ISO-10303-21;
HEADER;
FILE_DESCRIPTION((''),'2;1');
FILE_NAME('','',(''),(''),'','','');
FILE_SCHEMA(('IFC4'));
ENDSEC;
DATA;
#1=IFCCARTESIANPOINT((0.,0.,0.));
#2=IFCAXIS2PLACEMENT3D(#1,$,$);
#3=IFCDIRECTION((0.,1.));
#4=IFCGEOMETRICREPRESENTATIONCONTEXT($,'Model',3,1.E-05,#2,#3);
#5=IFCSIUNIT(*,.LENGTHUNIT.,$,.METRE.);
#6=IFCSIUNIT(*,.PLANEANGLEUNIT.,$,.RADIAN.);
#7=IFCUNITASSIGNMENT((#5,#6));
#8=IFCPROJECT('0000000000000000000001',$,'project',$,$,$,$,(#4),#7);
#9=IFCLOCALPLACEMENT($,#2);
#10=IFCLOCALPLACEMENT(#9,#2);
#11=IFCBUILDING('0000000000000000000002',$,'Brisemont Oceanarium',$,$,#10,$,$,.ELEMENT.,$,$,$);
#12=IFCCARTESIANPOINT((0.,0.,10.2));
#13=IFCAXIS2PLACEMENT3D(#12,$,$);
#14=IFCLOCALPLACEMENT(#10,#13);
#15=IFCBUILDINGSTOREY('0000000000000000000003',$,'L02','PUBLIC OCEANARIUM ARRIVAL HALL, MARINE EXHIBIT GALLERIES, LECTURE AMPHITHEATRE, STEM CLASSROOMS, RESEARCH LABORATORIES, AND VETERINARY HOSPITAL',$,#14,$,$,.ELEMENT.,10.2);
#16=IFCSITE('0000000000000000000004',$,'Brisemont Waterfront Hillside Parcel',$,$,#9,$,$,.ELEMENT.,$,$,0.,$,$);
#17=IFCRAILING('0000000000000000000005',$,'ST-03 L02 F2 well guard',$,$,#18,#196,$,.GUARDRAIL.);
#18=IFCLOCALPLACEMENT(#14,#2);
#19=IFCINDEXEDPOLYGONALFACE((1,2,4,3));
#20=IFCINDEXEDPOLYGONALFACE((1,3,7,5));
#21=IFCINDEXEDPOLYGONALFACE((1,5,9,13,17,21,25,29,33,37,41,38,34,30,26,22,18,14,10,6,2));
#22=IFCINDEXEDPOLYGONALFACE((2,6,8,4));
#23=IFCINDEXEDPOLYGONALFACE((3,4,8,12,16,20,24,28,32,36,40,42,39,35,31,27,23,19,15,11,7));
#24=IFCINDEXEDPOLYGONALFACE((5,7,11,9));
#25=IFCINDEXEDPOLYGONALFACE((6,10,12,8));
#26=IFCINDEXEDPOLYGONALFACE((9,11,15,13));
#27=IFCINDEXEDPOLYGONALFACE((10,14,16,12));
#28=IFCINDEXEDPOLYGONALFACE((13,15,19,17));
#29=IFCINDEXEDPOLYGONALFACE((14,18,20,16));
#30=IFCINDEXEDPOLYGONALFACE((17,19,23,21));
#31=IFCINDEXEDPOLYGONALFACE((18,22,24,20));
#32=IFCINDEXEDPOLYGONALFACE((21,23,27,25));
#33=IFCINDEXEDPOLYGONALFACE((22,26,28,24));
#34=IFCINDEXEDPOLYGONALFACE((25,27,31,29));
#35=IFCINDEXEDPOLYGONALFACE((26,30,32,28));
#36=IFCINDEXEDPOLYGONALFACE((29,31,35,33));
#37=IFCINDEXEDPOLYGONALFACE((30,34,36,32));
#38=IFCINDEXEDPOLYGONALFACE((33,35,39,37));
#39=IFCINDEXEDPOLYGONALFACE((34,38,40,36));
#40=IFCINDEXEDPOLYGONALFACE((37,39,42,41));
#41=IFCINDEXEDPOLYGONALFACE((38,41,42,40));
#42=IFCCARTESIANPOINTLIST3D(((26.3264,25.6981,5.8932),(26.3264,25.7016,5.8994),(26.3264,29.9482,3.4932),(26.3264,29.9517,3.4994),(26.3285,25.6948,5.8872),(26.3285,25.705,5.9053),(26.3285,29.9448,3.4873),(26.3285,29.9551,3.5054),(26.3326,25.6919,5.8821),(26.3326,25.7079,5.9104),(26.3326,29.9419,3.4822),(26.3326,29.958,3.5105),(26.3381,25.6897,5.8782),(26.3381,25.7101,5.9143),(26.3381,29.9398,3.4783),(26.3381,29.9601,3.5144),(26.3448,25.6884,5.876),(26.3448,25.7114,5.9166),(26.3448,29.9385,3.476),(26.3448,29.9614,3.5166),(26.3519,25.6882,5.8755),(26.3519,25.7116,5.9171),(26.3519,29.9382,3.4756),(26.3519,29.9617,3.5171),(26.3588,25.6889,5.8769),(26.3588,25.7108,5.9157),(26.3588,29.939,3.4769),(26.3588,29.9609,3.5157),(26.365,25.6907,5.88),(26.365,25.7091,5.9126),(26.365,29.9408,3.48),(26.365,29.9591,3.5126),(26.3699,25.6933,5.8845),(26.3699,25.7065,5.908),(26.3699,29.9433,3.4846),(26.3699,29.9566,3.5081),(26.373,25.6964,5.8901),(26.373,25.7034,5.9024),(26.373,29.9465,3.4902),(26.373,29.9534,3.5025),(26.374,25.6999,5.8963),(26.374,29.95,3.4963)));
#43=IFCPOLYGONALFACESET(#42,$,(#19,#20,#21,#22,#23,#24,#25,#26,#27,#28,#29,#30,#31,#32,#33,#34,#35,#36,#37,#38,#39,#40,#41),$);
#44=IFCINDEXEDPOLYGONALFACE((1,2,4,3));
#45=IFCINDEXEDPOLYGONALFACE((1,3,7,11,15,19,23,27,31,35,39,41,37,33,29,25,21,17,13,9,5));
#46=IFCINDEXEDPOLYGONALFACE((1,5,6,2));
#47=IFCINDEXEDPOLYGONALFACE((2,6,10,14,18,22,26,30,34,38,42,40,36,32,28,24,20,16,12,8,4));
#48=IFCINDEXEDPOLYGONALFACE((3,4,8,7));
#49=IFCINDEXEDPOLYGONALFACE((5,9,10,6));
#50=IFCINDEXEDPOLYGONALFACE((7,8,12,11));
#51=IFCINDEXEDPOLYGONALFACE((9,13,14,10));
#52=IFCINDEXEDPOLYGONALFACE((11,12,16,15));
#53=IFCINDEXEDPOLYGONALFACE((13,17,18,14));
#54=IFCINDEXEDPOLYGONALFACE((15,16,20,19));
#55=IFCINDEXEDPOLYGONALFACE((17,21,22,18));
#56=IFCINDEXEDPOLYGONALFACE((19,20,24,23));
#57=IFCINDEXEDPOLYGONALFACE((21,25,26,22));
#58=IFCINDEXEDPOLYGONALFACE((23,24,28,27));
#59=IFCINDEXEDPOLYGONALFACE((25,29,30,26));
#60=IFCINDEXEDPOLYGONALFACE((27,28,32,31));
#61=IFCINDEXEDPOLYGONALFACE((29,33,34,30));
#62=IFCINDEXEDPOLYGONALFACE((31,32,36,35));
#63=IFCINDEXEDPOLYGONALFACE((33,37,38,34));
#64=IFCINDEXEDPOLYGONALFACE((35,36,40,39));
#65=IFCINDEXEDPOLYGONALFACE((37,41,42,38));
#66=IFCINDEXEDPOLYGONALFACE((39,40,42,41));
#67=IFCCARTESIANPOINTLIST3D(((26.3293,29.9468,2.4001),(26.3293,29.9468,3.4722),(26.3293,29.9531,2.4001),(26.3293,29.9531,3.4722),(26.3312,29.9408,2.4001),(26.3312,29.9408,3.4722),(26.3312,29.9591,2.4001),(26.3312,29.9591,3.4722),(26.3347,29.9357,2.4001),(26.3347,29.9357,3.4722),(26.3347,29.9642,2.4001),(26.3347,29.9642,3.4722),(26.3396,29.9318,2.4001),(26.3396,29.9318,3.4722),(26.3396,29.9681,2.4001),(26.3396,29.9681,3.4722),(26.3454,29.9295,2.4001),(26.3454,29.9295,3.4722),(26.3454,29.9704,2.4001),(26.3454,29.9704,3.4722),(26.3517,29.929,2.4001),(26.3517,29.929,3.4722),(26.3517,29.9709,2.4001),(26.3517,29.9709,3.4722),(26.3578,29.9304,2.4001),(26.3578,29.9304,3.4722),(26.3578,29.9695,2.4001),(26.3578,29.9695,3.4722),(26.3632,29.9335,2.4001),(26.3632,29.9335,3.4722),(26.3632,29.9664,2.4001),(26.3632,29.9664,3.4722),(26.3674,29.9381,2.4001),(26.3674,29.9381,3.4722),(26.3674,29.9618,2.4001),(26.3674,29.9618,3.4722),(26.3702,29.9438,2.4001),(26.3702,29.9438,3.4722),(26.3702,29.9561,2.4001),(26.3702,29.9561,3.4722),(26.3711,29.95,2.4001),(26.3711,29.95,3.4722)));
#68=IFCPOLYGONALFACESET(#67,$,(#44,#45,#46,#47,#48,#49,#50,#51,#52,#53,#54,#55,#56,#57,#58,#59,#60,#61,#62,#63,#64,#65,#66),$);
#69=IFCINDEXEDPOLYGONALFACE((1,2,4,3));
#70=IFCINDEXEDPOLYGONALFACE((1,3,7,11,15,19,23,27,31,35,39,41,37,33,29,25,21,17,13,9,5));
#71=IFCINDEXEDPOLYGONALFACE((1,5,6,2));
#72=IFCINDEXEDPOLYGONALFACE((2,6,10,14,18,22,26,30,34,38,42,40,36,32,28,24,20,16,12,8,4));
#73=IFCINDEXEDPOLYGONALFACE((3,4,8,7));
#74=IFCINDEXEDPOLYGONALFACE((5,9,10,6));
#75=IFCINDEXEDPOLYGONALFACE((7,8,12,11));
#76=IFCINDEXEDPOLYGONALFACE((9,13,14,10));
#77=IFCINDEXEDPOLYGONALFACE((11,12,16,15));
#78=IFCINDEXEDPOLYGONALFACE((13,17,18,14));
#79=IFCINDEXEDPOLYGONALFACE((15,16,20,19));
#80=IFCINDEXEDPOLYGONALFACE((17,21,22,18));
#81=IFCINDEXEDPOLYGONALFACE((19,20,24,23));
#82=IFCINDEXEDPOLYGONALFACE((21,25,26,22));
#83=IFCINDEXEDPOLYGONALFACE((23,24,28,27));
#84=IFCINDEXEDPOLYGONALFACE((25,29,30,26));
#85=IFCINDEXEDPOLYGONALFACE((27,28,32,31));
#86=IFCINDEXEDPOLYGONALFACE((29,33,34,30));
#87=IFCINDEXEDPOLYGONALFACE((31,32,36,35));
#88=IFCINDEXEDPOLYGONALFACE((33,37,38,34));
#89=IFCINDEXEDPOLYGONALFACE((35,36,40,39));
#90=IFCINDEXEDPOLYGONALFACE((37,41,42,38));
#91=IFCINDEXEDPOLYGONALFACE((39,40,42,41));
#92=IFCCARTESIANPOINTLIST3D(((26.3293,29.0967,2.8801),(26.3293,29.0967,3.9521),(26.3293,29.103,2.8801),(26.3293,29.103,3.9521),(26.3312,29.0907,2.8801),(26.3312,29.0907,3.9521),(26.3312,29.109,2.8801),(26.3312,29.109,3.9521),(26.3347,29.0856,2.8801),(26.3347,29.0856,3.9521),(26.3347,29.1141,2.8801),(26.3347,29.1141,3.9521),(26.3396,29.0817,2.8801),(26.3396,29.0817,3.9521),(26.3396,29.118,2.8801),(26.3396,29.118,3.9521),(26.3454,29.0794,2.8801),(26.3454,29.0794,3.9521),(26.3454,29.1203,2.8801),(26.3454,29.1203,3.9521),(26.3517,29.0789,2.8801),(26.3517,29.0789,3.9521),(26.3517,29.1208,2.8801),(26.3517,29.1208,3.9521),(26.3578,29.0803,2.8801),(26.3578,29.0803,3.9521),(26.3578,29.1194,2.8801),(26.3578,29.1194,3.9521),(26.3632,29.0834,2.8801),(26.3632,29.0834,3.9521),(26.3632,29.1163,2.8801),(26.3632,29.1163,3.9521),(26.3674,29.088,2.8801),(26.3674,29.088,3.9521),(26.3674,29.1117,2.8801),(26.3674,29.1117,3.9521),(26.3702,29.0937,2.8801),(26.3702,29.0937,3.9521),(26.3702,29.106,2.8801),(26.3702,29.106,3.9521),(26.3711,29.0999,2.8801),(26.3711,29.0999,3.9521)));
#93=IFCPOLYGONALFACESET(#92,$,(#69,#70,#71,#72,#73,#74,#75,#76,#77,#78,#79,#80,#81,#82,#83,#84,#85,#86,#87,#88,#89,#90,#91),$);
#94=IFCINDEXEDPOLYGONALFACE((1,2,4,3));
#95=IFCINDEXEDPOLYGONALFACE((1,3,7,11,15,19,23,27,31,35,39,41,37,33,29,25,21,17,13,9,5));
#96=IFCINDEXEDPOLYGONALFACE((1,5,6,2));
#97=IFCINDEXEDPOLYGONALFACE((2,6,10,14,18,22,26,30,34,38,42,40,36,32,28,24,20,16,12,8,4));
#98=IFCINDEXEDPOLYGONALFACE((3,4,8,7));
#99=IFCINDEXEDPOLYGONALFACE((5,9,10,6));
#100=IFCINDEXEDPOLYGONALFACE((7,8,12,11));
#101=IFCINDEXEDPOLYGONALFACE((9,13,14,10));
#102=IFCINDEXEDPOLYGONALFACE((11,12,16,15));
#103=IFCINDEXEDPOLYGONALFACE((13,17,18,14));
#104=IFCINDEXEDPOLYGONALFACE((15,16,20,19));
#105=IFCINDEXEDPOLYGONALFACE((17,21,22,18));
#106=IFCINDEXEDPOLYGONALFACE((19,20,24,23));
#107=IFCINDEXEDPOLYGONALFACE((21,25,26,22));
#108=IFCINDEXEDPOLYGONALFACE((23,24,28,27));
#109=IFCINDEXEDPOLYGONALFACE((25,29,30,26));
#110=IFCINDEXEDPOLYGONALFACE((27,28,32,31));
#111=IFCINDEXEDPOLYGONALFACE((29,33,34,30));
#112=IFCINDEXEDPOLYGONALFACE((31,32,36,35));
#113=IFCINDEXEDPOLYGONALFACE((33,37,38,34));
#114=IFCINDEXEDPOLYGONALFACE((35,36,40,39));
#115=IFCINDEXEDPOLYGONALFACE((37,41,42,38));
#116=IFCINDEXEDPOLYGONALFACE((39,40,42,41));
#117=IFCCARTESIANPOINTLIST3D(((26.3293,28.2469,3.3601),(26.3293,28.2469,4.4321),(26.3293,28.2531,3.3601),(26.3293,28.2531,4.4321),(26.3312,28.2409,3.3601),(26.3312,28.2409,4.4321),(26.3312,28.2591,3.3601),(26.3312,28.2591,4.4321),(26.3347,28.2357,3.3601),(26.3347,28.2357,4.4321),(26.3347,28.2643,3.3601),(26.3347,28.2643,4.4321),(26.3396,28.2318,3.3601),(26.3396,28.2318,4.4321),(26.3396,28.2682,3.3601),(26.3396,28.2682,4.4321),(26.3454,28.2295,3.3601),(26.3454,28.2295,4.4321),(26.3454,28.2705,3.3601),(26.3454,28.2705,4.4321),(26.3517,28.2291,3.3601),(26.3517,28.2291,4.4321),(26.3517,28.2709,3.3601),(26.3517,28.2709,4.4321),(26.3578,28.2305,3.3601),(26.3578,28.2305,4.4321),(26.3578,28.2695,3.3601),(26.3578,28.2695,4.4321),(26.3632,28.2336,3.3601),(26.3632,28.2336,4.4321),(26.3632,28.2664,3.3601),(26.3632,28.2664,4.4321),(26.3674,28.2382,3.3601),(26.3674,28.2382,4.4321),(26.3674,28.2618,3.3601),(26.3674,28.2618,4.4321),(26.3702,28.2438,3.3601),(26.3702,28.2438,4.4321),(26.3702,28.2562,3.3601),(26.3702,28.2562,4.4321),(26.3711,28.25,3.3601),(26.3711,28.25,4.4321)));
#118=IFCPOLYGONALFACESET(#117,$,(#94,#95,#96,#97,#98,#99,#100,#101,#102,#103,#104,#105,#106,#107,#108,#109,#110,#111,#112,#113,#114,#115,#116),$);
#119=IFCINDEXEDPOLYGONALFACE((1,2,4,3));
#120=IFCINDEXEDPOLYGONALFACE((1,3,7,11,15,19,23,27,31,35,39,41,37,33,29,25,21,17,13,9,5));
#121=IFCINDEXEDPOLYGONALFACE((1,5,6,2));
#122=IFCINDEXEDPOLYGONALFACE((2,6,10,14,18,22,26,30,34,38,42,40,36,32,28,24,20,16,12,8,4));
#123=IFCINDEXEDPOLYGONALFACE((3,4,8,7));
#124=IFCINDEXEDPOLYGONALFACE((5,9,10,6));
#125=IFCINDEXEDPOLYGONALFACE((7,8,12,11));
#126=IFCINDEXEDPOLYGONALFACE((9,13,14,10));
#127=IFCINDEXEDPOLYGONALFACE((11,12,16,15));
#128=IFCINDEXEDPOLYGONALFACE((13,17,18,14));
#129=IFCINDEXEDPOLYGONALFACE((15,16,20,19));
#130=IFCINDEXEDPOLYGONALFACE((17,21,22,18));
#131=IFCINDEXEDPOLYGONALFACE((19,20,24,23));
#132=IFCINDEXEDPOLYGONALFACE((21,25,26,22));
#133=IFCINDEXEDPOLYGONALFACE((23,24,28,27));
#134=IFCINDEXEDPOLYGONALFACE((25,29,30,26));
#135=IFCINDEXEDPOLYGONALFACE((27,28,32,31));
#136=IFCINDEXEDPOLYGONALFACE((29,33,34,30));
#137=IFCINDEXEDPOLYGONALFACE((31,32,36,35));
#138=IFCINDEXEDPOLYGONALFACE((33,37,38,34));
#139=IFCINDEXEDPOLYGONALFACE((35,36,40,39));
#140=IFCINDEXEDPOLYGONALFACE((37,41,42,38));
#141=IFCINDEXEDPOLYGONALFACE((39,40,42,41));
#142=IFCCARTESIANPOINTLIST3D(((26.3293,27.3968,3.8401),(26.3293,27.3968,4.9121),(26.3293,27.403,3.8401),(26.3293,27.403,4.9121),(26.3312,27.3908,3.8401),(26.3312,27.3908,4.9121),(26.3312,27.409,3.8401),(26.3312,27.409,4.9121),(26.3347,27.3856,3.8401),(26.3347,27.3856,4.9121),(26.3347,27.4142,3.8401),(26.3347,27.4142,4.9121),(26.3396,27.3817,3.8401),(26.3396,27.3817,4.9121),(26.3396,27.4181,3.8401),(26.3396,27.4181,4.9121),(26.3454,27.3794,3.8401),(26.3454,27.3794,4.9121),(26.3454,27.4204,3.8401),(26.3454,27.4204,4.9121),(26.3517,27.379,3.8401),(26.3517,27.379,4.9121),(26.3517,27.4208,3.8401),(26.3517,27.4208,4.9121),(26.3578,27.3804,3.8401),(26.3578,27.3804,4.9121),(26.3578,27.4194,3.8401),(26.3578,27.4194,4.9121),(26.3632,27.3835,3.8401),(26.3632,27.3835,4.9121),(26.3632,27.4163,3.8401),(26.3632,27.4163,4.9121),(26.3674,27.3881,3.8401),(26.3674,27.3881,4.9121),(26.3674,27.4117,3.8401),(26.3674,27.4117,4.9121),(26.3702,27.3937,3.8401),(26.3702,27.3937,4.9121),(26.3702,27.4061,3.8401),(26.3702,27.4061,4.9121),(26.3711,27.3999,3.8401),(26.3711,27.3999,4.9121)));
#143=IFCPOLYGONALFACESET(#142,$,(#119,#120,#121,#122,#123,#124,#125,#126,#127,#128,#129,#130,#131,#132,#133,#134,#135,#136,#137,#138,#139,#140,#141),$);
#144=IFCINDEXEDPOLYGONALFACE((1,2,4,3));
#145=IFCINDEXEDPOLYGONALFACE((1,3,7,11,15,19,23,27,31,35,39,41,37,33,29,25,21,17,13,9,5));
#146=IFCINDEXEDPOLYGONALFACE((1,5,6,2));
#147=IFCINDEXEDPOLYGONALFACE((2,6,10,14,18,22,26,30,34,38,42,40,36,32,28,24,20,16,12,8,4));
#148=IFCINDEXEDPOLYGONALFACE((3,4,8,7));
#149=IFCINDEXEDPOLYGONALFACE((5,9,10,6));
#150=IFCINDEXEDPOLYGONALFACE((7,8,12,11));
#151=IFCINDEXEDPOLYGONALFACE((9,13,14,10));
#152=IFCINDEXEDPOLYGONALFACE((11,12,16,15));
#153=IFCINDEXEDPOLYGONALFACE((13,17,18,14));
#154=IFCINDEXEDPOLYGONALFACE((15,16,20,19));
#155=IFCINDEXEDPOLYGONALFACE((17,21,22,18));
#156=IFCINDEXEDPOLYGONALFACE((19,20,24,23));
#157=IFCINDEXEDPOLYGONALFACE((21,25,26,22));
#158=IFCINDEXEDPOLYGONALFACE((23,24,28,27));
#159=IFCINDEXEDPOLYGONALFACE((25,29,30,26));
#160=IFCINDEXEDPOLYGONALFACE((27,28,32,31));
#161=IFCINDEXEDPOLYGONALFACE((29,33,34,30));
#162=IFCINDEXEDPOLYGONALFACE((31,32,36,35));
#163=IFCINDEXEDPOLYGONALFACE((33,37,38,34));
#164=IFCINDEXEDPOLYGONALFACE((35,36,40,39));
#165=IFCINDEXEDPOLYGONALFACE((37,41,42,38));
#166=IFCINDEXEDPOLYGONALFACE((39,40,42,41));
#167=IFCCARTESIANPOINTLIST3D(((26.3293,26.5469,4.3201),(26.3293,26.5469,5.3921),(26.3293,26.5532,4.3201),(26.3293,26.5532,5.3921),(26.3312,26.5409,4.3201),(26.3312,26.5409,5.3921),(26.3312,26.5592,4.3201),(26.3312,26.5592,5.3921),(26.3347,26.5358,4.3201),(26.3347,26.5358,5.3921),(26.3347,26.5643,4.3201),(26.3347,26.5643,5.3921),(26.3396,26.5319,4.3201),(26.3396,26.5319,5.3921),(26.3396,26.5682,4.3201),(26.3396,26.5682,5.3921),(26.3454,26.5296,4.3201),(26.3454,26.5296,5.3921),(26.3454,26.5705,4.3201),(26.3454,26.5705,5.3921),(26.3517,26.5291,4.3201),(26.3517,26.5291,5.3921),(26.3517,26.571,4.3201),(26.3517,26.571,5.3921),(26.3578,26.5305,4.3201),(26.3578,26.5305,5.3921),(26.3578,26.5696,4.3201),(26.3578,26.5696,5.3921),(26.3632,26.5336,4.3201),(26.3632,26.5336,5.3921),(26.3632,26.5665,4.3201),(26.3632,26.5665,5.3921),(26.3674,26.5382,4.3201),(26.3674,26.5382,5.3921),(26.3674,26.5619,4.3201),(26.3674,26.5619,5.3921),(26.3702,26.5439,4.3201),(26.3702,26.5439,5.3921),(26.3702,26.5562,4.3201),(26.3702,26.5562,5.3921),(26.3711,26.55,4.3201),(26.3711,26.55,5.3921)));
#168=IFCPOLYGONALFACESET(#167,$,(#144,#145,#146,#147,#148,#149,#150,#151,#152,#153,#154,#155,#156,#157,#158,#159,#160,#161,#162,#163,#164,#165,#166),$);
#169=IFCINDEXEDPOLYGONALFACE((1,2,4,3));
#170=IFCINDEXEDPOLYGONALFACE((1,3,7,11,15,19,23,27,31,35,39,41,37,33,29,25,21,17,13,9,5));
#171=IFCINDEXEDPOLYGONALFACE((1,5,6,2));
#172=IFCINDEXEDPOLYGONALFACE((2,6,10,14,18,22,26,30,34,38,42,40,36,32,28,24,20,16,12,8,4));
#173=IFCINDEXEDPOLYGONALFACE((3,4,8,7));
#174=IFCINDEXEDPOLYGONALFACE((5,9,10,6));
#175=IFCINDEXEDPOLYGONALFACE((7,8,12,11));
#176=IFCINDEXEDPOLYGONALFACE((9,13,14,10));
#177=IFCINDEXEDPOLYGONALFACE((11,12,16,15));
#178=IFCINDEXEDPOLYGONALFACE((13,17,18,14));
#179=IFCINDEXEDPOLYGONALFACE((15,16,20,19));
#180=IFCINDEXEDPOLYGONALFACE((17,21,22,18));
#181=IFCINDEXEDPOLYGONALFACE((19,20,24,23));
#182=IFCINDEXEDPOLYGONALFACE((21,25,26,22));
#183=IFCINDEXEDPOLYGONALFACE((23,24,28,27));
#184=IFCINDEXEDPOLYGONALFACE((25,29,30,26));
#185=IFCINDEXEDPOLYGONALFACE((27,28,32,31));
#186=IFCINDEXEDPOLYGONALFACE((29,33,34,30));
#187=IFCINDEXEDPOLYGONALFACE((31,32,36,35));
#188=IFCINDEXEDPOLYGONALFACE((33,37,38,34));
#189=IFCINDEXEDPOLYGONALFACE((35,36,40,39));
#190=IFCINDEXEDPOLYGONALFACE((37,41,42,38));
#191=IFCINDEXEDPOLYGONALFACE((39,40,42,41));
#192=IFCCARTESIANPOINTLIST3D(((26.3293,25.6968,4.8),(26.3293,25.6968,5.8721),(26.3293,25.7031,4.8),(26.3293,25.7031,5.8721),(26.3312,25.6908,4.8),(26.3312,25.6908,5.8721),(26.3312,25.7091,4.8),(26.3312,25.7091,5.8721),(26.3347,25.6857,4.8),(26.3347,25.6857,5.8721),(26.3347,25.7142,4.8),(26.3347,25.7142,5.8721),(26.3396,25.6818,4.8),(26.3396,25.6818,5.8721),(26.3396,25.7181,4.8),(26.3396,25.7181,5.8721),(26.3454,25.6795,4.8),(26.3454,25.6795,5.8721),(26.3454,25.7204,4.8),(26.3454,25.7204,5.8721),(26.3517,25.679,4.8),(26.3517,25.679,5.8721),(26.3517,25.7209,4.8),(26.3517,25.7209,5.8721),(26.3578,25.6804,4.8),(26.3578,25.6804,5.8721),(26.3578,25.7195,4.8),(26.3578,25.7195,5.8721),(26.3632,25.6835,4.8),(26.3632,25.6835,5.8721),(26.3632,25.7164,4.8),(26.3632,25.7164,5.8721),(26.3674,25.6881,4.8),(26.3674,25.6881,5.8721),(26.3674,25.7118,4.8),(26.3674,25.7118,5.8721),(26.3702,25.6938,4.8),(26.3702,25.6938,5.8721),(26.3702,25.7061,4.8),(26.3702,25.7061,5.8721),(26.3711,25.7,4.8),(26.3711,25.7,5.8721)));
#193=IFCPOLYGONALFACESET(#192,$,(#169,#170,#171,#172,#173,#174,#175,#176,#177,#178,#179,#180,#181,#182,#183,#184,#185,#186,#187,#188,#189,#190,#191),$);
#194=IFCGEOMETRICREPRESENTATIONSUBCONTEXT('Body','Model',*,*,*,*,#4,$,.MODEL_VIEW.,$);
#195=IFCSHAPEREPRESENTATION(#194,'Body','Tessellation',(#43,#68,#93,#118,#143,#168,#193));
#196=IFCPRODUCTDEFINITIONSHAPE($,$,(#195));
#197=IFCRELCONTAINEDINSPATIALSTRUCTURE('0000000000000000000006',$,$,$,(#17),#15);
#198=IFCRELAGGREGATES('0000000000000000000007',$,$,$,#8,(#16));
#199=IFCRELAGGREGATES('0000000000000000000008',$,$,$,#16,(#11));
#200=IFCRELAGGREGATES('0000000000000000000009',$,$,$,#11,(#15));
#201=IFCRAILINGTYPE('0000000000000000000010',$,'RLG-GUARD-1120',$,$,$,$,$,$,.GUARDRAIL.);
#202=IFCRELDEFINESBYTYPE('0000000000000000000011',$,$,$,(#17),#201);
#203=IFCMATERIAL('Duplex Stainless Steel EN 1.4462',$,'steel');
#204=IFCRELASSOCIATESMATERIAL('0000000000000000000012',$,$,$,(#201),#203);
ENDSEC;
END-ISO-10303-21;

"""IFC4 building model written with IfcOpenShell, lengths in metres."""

from ifc_helpers import new_model, si_unit, direction, frame, origin, origin_2d, place, context, subcontext, project, spatial, circle, extrude, material, type_object, element, save


model = new_model("IFC4")

# Units and contexts
model_context = context("Model", 3, precision=1e-05, world=origin(), true_north=direction((0.0, 1.0)))
body_context = subcontext(model_context, "Body", "Model", "MODEL_VIEW")
ifc_project = project(units=[si_unit("LENGTHUNIT", "METRE"), si_unit("PLANEANGLEUNIT", "RADIAN")], contexts=[model_context])

# Site, building, storey
site_placement = place(None, origin())
site = spatial("IfcSite", under=ifc_project, at=site_placement, Name="Brisemont Waterfront Hillside Parcel", CompositionType="ELEMENT", RefElevation=0.0)
building_placement = place(site_placement, origin())
building = spatial("IfcBuilding", under=site, at=building_placement, Name="Brisemont Oceanarium", CompositionType="ELEMENT")
storey_placement = place(building_placement, frame((0.0, 0.0, 10.2)))
storey = spatial("IfcBuildingStorey", under=building, at=storey_placement, Name="L02", Description="PUBLIC OCEANARIUM ARRIVAL HALL, MARINE EXHIBIT GALLERIES, LECTURE AMPHITHEATRE, STEM CLASSROOMS, RESEARCH LABORATORIES, AND VETERINARY HOSPITAL", CompositionType="ELEMENT", Elevation=10.2)

# Railing
ifc_material_1 = material(Name="Duplex Stainless Steel EN 1.4462", Category="steel")
railing_type_1 = type_object("IfcRailingType", Name="RLG-GUARD-1120", PredefinedType="GUARDRAIL", material=ifc_material_1)
railing_1_placement = place(storey_placement, frame((26.3501, 29.95, 2.4001)))
element("IfcRailing", 1, at=railing_1_placement, inside=storey, type_object=railing_type_1, Name="ST-03 L02 F2 well guard", PredefinedType="GUARDRAIL", context=body_context, shape_type="SweptSolid", body=[
    extrude(circle(Radius=0.0239, at=origin_2d()), frame((0.0, 0.0, 1.0962), z_axis=(0.0, -0.870762, 0.491704), x_axis=(1.0, 0.0, 0.0)), (0.0, 0.0, 1.0), 4.8809),
    extrude(circle(Radius=0.021, at=origin_2d()), origin(), (0.0, 0.0, 1.0), 1.072),
    extrude(circle(Radius=0.021, at=origin_2d()), frame((0.0, -0.8501, 0.48)), (0.0, 0.0, 1.0), 1.072),
    extrude(circle(Radius=0.021, at=origin_2d()), frame((0.0, -1.7, 0.96)), (0.0, 0.0, 1.0), 1.072),
    extrude(circle(Radius=0.021, at=origin_2d()), frame((0.0, -2.55, 1.4399)), (0.0, 0.0, 1.0), 1.072),
    extrude(circle(Radius=0.021, at=origin_2d()), frame((0.0, -3.3999, 1.9199)), (0.0, 0.0, 1.0), 1.072),
    extrude(circle(Radius=0.021, at=origin_2d()), frame((0.0, -4.25, 2.3999)), (0.0, 0.0, 1.0), 1.072),
])

save(model, "model.ifc")
